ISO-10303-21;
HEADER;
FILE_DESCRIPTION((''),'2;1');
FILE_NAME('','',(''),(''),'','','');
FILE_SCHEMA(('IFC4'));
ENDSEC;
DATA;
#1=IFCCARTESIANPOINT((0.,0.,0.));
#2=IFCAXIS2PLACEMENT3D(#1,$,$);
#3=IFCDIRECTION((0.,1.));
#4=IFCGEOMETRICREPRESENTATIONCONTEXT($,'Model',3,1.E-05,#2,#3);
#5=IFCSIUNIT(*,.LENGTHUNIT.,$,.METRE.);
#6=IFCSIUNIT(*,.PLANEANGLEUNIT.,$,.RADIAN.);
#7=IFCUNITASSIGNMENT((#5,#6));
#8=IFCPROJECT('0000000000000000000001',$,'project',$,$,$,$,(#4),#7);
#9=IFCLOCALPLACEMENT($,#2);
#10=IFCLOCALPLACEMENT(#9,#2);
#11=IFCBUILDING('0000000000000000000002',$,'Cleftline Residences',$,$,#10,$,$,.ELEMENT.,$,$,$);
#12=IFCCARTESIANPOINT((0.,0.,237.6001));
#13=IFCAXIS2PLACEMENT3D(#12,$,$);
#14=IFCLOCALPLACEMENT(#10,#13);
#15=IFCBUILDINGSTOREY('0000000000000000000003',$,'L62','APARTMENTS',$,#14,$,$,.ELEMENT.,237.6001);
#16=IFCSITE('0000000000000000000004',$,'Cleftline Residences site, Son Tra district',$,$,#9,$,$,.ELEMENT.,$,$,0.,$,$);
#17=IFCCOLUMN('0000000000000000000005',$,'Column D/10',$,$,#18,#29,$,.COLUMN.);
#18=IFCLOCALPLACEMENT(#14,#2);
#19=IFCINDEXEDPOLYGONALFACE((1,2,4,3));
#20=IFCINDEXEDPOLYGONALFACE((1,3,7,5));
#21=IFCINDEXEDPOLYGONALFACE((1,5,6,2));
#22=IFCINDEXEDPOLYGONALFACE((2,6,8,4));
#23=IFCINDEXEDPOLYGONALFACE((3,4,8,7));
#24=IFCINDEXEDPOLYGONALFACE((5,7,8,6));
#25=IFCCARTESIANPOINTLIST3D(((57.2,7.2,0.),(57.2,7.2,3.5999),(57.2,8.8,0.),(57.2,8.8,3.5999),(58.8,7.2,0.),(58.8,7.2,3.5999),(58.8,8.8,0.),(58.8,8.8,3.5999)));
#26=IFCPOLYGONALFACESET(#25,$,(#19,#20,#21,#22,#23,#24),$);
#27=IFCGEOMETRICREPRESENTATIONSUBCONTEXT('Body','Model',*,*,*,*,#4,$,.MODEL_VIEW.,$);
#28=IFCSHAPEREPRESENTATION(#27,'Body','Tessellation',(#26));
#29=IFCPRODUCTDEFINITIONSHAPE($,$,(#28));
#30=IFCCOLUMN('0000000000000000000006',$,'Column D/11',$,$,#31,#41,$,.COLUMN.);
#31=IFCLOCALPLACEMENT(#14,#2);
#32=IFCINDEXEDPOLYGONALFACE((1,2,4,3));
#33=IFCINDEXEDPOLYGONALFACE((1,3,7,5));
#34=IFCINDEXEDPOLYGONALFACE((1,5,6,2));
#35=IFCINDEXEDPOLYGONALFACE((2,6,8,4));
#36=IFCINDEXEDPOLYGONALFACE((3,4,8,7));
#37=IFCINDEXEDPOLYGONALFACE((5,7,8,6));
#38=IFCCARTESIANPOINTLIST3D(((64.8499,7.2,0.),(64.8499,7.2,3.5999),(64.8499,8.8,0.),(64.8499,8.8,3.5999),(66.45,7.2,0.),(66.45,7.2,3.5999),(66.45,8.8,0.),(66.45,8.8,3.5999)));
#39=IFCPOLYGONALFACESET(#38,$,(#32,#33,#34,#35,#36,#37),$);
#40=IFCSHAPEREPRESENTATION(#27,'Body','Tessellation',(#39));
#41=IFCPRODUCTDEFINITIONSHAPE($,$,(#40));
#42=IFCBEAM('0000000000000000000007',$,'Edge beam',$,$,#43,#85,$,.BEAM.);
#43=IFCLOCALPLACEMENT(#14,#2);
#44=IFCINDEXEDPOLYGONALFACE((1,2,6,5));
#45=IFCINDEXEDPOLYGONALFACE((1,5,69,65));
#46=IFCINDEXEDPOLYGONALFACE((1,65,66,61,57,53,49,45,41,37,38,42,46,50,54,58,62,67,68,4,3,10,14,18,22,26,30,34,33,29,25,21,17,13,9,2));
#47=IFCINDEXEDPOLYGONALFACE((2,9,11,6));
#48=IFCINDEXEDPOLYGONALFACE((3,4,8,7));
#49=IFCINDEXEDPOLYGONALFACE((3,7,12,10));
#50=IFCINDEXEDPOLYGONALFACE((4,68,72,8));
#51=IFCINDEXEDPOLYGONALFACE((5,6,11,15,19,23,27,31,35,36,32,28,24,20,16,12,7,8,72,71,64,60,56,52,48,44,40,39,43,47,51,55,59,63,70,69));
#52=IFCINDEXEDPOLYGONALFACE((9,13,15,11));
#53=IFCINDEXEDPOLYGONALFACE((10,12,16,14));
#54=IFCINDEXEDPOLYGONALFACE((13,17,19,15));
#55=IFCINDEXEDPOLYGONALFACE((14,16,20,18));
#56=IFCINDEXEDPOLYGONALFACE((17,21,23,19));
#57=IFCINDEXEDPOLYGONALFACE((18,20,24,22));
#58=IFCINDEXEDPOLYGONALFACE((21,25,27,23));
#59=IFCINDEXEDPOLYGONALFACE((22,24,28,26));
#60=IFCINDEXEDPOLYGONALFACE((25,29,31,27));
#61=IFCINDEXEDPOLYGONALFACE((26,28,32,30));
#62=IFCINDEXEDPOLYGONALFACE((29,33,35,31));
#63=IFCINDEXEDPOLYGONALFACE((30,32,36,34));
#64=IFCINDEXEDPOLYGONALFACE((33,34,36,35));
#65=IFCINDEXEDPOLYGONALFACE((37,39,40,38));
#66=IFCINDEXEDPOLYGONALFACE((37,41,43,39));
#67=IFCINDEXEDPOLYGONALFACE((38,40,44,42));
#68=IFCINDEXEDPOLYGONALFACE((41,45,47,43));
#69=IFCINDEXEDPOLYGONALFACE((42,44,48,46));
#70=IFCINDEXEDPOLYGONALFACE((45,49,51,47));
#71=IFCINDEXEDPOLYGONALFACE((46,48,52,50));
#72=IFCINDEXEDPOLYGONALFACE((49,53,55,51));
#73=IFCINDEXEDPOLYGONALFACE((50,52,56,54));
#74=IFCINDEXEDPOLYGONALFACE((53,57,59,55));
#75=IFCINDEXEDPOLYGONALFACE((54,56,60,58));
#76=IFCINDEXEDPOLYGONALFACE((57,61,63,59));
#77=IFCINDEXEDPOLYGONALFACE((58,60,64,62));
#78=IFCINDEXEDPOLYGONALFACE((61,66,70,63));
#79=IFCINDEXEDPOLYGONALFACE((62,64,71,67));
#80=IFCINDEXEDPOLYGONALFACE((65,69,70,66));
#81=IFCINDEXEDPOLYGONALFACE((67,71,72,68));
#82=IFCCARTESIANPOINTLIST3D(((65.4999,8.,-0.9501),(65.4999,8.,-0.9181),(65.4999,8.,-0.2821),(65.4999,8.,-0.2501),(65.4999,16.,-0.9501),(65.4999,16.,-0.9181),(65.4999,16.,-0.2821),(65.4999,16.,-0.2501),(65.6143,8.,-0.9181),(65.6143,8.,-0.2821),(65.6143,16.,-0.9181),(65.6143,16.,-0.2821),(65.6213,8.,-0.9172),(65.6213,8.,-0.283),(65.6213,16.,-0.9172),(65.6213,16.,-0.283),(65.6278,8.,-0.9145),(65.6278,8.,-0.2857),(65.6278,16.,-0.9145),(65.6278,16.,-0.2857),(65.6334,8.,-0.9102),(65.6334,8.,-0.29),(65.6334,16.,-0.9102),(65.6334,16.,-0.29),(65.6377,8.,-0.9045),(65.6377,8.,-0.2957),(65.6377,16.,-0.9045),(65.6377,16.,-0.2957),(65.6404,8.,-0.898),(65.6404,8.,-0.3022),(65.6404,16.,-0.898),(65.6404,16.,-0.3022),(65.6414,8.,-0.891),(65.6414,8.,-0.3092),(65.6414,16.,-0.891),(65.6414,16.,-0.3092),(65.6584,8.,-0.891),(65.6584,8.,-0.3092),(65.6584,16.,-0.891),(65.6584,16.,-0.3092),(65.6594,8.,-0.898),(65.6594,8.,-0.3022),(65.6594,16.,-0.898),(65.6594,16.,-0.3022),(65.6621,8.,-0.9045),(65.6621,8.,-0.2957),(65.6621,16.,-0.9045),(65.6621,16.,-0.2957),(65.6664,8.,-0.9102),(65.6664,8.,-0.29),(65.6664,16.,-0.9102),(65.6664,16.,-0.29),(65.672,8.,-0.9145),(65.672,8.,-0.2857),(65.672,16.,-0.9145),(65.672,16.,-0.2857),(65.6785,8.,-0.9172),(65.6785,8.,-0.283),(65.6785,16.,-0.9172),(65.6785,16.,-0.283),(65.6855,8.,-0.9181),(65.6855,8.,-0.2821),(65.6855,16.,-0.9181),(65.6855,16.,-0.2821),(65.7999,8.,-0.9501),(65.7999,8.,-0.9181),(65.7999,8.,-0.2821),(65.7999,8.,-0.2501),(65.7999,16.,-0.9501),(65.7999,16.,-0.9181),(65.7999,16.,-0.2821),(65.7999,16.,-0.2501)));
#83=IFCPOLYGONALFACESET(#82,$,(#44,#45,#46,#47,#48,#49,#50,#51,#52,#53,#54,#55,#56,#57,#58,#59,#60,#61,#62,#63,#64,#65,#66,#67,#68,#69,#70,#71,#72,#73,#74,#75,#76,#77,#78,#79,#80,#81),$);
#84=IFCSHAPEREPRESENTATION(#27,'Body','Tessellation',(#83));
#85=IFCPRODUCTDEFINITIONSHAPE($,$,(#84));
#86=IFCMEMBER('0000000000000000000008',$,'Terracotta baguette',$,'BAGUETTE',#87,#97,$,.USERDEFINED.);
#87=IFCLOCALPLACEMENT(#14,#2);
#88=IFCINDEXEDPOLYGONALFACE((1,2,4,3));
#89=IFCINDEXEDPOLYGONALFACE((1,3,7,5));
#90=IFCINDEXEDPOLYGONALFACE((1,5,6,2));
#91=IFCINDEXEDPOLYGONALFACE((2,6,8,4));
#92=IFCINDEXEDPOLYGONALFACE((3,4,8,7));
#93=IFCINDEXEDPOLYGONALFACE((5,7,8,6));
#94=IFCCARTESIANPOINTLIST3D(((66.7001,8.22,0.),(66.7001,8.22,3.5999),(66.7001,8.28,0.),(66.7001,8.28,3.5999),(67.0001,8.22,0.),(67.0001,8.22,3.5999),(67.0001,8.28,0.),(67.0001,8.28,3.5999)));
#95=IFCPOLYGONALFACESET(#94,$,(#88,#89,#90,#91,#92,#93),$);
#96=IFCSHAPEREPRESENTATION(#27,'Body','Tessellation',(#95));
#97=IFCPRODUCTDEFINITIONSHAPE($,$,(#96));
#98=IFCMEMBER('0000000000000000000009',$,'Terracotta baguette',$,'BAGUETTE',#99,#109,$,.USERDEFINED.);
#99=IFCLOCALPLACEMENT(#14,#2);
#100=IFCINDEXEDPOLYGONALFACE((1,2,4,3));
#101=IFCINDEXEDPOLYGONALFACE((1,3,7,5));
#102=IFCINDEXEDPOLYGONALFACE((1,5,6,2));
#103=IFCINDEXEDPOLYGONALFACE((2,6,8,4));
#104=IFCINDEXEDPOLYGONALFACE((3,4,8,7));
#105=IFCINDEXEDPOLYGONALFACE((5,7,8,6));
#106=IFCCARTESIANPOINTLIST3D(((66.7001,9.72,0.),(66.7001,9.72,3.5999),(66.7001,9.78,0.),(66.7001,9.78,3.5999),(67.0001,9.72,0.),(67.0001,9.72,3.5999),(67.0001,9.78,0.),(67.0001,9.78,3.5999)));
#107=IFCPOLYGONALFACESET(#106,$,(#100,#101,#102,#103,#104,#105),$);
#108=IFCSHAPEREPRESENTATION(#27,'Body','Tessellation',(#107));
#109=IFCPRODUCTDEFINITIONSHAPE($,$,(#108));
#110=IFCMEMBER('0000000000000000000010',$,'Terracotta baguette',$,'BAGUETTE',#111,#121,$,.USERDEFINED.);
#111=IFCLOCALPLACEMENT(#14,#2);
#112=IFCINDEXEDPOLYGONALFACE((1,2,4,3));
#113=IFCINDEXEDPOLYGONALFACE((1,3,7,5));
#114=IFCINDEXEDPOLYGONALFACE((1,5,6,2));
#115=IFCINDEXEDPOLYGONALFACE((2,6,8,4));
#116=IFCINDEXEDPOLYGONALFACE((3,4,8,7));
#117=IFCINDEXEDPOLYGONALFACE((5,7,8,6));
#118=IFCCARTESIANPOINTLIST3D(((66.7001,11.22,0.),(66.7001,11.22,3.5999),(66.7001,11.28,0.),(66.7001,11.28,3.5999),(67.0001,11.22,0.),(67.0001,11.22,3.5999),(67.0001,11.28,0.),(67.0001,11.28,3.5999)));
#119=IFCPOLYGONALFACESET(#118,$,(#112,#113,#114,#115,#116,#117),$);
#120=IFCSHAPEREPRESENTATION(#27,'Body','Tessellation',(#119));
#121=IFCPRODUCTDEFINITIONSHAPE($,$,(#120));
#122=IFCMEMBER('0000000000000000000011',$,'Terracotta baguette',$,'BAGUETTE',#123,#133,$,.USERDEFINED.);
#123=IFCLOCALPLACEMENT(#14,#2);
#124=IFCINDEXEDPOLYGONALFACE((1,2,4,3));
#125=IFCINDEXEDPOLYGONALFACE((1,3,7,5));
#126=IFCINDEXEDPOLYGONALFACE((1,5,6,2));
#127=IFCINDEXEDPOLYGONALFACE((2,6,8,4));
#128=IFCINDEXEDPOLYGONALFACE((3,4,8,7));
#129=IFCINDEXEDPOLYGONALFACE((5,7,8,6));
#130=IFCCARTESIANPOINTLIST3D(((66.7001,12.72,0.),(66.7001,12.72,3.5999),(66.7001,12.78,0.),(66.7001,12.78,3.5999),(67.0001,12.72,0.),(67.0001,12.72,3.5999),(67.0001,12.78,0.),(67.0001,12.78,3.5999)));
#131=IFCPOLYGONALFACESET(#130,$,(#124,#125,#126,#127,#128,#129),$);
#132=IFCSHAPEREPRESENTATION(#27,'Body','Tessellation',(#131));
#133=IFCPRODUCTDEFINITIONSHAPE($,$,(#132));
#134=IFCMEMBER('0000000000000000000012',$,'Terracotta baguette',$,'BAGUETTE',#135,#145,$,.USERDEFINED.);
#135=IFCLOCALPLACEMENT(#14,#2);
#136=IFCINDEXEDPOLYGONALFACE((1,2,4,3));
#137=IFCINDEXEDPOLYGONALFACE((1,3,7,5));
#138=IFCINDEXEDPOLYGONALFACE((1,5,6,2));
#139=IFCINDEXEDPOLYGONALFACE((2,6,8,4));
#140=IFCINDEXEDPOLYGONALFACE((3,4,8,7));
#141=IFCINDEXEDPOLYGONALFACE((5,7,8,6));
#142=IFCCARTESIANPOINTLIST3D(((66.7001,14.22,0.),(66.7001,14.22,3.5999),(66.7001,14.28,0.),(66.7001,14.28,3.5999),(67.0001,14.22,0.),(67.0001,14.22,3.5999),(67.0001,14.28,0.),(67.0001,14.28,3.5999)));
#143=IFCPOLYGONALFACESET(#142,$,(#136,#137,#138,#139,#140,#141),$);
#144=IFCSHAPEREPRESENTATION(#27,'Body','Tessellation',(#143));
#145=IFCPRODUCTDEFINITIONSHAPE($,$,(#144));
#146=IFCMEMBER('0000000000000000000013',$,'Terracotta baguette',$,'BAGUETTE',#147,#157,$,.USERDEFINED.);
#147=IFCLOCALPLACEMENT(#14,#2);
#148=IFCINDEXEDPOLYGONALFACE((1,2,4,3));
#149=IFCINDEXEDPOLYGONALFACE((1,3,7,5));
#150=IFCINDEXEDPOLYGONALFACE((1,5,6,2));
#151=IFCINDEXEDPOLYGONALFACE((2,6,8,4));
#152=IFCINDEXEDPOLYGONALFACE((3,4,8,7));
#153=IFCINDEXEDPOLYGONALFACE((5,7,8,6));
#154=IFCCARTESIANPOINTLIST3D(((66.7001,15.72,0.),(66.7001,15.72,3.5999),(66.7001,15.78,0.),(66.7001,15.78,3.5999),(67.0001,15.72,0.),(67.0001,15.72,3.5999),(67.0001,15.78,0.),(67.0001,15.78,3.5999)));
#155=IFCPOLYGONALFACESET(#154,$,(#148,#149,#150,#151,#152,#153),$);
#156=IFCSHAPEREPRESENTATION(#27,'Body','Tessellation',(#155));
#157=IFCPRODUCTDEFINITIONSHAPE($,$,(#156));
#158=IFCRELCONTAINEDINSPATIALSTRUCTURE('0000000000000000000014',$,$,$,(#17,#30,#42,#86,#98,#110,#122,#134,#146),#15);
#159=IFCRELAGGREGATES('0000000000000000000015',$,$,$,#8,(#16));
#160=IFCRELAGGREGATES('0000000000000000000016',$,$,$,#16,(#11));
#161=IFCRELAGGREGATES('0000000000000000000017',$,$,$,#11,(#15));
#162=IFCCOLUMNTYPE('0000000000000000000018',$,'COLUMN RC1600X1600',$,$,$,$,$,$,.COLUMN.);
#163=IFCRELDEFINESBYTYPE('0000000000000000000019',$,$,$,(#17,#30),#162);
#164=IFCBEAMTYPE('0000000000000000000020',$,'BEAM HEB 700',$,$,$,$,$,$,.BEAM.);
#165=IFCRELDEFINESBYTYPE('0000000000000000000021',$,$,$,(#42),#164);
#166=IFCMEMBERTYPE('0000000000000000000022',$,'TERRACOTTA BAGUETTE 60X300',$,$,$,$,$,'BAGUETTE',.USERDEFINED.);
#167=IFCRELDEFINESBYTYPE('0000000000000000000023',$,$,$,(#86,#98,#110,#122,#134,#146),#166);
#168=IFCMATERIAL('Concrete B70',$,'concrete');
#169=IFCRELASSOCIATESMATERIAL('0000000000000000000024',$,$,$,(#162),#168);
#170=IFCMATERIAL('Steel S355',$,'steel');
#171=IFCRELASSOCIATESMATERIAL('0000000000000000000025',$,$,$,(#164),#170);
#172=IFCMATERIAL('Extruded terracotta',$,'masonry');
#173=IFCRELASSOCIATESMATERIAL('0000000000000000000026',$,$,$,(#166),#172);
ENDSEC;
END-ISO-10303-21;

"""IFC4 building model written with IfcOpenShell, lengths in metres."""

from ifc_helpers import new_model, si_unit, direction, frame, origin, origin_2d, place, context, subcontext, project, spatial, rectangle, i_section, extrude, material, material_profile, profile_set, type_object, element, save


model = new_model("IFC4")

# Units and contexts
model_context = context("Model", 3, precision=1e-05, world=origin(), true_north=direction((0.0, 1.0)))
body_context = subcontext(model_context, "Body", "Model", "MODEL_VIEW")
ifc_project = project(units=[si_unit("LENGTHUNIT", "METRE"), si_unit("PLANEANGLEUNIT", "RADIAN")], contexts=[model_context])

# Site, building, storey
site_placement = place(None, origin())
site = spatial("IfcSite", under=ifc_project, at=site_placement, Name="Cleftline Residences site, Son Tra district", CompositionType="ELEMENT", RefElevation=0.0)
building_placement = place(site_placement, origin())
building = spatial("IfcBuilding", under=site, at=building_placement, Name="Cleftline Residences", CompositionType="ELEMENT")
storey_placement = place(building_placement, frame((0.0, 0.0, 237.6001)))
storey = spatial("IfcBuildingStorey", under=building, at=storey_placement, Name="L62", Description="APARTMENTS", CompositionType="ELEMENT", Elevation=237.6001)

# Columns
ifc_material_1 = material(Name="Concrete B70", Category="concrete")
ifc_material_profile_1 = material_profile(ifc_material_1, rectangle(XDim=1.6001, YDim=1.6001, at=origin_2d()))
ifc_profile_set_1 = profile_set([ifc_material_profile_1], Name="Concrete B70")
column_type = type_object("IfcColumnType", Name="COLUMN RC1600X1600", PredefinedType="COLUMN", material=ifc_profile_set_1)
for number, where, z_axis, x_axis, name in (
    (1, (58.0, 8.0, 0.0), (0.0, 0.0, 1.0), (1.0, 0.0, 0.0), "Column D/10"),
    (2, (65.6499, 8.0, 0.0), (0.0, 0.0, 1.0), (1.0, 0.0, 0.0), "Column D/11"),
):
    element("IfcColumn", number, at=place(storey_placement, frame(where, z_axis=z_axis, x_axis=x_axis)), inside=storey, type_object=column_type, Name=name, PredefinedType="COLUMN", context=body_context, shape_type="SweptSolid", body=[
        extrude(rectangle(XDim=1.6001, YDim=1.6001, at=origin_2d()), origin(), (0.0, 0.0, 1.0), 3.5999),
    ])

# Beam
ifc_material_2 = material(Name="Steel S355", Category="steel")
ifc_material_profile_2 = material_profile(ifc_material_2, i_section(OverallWidth=0.3, OverallDepth=0.7, WebThickness=0.0171, FlangeThickness=0.032, FilletRadius=0.0271, at=origin_2d()))
ifc_profile_set_2 = profile_set([ifc_material_profile_2], Name="Steel S355")
beam_type = type_object("IfcBeamType", Name="BEAM HEB 700", PredefinedType="BEAM", material=ifc_profile_set_2)
beam_placement = place(storey_placement, frame((65.6499, 8.0, -0.6001), z_axis=(0.0, 1.0, 0.0), x_axis=(-1.0, 0.0, 0.0)))
element("IfcBeam", 3, at=beam_placement, inside=storey, type_object=beam_type, Name="Edge beam", PredefinedType="BEAM", context=body_context, shape_type="SweptSolid", body=[
    extrude(i_section(OverallWidth=0.3, OverallDepth=0.7, WebThickness=0.0171, FlangeThickness=0.032, FilletRadius=0.0271, at=origin_2d()), origin(), (0.0, 0.0, 1.0), 8.0),
])

# Members
ifc_material_3 = material(Name="Extruded terracotta", Category="masonry")
ifc_material_profile_3 = material_profile(ifc_material_3, rectangle(XDim=0.0601, YDim=0.3, at=origin_2d()))
ifc_profile_set_3 = profile_set([ifc_material_profile_3], Name="Extruded terracotta")
member_type = type_object("IfcMemberType", Name="TERRACOTTA BAGUETTE 60X300", ElementType="BAGUETTE", PredefinedType="USERDEFINED", material=ifc_profile_set_3)
for number, where, z_axis, x_axis, name in (
    (4, (66.8501, 8.25, 0.0), (0.0, 0.0, 1.0), (0.0, 1.0, 0.0), "Terracotta baguette"),
    (5, (66.8501, 9.75, 0.0), (0.0, 0.0, 1.0), (0.0, 1.0, 0.0), "Terracotta baguette"),
    (6, (66.8501, 11.25, 0.0), (0.0, 0.0, 1.0), (0.0, 1.0, 0.0), "Terracotta baguette"),
    (7, (66.8501, 12.75, 0.0), (0.0, 0.0, 1.0), (0.0, 1.0, 0.0), "Terracotta baguette"),
    (8, (66.8501, 14.25, 0.0), (0.0, 0.0, 1.0), (0.0, 1.0, 0.0), "Terracotta baguette"),
    (9, (66.8501, 15.75, 0.0), (0.0, 0.0, 1.0), (0.0, 1.0, 0.0), "Terracotta baguette"),
):
    element("IfcMember", number, at=place(storey_placement, frame(where, z_axis=z_axis, x_axis=x_axis)), inside=storey, type_object=member_type, Name=name, ObjectType="BAGUETTE", PredefinedType="USERDEFINED", context=body_context, shape_type="SweptSolid", body=[
        extrude(rectangle(XDim=0.0601, YDim=0.3, at=origin_2d()), origin(), (0.0, 0.0, 1.0), 3.5999),
    ])

save(model, "model.ifc")
